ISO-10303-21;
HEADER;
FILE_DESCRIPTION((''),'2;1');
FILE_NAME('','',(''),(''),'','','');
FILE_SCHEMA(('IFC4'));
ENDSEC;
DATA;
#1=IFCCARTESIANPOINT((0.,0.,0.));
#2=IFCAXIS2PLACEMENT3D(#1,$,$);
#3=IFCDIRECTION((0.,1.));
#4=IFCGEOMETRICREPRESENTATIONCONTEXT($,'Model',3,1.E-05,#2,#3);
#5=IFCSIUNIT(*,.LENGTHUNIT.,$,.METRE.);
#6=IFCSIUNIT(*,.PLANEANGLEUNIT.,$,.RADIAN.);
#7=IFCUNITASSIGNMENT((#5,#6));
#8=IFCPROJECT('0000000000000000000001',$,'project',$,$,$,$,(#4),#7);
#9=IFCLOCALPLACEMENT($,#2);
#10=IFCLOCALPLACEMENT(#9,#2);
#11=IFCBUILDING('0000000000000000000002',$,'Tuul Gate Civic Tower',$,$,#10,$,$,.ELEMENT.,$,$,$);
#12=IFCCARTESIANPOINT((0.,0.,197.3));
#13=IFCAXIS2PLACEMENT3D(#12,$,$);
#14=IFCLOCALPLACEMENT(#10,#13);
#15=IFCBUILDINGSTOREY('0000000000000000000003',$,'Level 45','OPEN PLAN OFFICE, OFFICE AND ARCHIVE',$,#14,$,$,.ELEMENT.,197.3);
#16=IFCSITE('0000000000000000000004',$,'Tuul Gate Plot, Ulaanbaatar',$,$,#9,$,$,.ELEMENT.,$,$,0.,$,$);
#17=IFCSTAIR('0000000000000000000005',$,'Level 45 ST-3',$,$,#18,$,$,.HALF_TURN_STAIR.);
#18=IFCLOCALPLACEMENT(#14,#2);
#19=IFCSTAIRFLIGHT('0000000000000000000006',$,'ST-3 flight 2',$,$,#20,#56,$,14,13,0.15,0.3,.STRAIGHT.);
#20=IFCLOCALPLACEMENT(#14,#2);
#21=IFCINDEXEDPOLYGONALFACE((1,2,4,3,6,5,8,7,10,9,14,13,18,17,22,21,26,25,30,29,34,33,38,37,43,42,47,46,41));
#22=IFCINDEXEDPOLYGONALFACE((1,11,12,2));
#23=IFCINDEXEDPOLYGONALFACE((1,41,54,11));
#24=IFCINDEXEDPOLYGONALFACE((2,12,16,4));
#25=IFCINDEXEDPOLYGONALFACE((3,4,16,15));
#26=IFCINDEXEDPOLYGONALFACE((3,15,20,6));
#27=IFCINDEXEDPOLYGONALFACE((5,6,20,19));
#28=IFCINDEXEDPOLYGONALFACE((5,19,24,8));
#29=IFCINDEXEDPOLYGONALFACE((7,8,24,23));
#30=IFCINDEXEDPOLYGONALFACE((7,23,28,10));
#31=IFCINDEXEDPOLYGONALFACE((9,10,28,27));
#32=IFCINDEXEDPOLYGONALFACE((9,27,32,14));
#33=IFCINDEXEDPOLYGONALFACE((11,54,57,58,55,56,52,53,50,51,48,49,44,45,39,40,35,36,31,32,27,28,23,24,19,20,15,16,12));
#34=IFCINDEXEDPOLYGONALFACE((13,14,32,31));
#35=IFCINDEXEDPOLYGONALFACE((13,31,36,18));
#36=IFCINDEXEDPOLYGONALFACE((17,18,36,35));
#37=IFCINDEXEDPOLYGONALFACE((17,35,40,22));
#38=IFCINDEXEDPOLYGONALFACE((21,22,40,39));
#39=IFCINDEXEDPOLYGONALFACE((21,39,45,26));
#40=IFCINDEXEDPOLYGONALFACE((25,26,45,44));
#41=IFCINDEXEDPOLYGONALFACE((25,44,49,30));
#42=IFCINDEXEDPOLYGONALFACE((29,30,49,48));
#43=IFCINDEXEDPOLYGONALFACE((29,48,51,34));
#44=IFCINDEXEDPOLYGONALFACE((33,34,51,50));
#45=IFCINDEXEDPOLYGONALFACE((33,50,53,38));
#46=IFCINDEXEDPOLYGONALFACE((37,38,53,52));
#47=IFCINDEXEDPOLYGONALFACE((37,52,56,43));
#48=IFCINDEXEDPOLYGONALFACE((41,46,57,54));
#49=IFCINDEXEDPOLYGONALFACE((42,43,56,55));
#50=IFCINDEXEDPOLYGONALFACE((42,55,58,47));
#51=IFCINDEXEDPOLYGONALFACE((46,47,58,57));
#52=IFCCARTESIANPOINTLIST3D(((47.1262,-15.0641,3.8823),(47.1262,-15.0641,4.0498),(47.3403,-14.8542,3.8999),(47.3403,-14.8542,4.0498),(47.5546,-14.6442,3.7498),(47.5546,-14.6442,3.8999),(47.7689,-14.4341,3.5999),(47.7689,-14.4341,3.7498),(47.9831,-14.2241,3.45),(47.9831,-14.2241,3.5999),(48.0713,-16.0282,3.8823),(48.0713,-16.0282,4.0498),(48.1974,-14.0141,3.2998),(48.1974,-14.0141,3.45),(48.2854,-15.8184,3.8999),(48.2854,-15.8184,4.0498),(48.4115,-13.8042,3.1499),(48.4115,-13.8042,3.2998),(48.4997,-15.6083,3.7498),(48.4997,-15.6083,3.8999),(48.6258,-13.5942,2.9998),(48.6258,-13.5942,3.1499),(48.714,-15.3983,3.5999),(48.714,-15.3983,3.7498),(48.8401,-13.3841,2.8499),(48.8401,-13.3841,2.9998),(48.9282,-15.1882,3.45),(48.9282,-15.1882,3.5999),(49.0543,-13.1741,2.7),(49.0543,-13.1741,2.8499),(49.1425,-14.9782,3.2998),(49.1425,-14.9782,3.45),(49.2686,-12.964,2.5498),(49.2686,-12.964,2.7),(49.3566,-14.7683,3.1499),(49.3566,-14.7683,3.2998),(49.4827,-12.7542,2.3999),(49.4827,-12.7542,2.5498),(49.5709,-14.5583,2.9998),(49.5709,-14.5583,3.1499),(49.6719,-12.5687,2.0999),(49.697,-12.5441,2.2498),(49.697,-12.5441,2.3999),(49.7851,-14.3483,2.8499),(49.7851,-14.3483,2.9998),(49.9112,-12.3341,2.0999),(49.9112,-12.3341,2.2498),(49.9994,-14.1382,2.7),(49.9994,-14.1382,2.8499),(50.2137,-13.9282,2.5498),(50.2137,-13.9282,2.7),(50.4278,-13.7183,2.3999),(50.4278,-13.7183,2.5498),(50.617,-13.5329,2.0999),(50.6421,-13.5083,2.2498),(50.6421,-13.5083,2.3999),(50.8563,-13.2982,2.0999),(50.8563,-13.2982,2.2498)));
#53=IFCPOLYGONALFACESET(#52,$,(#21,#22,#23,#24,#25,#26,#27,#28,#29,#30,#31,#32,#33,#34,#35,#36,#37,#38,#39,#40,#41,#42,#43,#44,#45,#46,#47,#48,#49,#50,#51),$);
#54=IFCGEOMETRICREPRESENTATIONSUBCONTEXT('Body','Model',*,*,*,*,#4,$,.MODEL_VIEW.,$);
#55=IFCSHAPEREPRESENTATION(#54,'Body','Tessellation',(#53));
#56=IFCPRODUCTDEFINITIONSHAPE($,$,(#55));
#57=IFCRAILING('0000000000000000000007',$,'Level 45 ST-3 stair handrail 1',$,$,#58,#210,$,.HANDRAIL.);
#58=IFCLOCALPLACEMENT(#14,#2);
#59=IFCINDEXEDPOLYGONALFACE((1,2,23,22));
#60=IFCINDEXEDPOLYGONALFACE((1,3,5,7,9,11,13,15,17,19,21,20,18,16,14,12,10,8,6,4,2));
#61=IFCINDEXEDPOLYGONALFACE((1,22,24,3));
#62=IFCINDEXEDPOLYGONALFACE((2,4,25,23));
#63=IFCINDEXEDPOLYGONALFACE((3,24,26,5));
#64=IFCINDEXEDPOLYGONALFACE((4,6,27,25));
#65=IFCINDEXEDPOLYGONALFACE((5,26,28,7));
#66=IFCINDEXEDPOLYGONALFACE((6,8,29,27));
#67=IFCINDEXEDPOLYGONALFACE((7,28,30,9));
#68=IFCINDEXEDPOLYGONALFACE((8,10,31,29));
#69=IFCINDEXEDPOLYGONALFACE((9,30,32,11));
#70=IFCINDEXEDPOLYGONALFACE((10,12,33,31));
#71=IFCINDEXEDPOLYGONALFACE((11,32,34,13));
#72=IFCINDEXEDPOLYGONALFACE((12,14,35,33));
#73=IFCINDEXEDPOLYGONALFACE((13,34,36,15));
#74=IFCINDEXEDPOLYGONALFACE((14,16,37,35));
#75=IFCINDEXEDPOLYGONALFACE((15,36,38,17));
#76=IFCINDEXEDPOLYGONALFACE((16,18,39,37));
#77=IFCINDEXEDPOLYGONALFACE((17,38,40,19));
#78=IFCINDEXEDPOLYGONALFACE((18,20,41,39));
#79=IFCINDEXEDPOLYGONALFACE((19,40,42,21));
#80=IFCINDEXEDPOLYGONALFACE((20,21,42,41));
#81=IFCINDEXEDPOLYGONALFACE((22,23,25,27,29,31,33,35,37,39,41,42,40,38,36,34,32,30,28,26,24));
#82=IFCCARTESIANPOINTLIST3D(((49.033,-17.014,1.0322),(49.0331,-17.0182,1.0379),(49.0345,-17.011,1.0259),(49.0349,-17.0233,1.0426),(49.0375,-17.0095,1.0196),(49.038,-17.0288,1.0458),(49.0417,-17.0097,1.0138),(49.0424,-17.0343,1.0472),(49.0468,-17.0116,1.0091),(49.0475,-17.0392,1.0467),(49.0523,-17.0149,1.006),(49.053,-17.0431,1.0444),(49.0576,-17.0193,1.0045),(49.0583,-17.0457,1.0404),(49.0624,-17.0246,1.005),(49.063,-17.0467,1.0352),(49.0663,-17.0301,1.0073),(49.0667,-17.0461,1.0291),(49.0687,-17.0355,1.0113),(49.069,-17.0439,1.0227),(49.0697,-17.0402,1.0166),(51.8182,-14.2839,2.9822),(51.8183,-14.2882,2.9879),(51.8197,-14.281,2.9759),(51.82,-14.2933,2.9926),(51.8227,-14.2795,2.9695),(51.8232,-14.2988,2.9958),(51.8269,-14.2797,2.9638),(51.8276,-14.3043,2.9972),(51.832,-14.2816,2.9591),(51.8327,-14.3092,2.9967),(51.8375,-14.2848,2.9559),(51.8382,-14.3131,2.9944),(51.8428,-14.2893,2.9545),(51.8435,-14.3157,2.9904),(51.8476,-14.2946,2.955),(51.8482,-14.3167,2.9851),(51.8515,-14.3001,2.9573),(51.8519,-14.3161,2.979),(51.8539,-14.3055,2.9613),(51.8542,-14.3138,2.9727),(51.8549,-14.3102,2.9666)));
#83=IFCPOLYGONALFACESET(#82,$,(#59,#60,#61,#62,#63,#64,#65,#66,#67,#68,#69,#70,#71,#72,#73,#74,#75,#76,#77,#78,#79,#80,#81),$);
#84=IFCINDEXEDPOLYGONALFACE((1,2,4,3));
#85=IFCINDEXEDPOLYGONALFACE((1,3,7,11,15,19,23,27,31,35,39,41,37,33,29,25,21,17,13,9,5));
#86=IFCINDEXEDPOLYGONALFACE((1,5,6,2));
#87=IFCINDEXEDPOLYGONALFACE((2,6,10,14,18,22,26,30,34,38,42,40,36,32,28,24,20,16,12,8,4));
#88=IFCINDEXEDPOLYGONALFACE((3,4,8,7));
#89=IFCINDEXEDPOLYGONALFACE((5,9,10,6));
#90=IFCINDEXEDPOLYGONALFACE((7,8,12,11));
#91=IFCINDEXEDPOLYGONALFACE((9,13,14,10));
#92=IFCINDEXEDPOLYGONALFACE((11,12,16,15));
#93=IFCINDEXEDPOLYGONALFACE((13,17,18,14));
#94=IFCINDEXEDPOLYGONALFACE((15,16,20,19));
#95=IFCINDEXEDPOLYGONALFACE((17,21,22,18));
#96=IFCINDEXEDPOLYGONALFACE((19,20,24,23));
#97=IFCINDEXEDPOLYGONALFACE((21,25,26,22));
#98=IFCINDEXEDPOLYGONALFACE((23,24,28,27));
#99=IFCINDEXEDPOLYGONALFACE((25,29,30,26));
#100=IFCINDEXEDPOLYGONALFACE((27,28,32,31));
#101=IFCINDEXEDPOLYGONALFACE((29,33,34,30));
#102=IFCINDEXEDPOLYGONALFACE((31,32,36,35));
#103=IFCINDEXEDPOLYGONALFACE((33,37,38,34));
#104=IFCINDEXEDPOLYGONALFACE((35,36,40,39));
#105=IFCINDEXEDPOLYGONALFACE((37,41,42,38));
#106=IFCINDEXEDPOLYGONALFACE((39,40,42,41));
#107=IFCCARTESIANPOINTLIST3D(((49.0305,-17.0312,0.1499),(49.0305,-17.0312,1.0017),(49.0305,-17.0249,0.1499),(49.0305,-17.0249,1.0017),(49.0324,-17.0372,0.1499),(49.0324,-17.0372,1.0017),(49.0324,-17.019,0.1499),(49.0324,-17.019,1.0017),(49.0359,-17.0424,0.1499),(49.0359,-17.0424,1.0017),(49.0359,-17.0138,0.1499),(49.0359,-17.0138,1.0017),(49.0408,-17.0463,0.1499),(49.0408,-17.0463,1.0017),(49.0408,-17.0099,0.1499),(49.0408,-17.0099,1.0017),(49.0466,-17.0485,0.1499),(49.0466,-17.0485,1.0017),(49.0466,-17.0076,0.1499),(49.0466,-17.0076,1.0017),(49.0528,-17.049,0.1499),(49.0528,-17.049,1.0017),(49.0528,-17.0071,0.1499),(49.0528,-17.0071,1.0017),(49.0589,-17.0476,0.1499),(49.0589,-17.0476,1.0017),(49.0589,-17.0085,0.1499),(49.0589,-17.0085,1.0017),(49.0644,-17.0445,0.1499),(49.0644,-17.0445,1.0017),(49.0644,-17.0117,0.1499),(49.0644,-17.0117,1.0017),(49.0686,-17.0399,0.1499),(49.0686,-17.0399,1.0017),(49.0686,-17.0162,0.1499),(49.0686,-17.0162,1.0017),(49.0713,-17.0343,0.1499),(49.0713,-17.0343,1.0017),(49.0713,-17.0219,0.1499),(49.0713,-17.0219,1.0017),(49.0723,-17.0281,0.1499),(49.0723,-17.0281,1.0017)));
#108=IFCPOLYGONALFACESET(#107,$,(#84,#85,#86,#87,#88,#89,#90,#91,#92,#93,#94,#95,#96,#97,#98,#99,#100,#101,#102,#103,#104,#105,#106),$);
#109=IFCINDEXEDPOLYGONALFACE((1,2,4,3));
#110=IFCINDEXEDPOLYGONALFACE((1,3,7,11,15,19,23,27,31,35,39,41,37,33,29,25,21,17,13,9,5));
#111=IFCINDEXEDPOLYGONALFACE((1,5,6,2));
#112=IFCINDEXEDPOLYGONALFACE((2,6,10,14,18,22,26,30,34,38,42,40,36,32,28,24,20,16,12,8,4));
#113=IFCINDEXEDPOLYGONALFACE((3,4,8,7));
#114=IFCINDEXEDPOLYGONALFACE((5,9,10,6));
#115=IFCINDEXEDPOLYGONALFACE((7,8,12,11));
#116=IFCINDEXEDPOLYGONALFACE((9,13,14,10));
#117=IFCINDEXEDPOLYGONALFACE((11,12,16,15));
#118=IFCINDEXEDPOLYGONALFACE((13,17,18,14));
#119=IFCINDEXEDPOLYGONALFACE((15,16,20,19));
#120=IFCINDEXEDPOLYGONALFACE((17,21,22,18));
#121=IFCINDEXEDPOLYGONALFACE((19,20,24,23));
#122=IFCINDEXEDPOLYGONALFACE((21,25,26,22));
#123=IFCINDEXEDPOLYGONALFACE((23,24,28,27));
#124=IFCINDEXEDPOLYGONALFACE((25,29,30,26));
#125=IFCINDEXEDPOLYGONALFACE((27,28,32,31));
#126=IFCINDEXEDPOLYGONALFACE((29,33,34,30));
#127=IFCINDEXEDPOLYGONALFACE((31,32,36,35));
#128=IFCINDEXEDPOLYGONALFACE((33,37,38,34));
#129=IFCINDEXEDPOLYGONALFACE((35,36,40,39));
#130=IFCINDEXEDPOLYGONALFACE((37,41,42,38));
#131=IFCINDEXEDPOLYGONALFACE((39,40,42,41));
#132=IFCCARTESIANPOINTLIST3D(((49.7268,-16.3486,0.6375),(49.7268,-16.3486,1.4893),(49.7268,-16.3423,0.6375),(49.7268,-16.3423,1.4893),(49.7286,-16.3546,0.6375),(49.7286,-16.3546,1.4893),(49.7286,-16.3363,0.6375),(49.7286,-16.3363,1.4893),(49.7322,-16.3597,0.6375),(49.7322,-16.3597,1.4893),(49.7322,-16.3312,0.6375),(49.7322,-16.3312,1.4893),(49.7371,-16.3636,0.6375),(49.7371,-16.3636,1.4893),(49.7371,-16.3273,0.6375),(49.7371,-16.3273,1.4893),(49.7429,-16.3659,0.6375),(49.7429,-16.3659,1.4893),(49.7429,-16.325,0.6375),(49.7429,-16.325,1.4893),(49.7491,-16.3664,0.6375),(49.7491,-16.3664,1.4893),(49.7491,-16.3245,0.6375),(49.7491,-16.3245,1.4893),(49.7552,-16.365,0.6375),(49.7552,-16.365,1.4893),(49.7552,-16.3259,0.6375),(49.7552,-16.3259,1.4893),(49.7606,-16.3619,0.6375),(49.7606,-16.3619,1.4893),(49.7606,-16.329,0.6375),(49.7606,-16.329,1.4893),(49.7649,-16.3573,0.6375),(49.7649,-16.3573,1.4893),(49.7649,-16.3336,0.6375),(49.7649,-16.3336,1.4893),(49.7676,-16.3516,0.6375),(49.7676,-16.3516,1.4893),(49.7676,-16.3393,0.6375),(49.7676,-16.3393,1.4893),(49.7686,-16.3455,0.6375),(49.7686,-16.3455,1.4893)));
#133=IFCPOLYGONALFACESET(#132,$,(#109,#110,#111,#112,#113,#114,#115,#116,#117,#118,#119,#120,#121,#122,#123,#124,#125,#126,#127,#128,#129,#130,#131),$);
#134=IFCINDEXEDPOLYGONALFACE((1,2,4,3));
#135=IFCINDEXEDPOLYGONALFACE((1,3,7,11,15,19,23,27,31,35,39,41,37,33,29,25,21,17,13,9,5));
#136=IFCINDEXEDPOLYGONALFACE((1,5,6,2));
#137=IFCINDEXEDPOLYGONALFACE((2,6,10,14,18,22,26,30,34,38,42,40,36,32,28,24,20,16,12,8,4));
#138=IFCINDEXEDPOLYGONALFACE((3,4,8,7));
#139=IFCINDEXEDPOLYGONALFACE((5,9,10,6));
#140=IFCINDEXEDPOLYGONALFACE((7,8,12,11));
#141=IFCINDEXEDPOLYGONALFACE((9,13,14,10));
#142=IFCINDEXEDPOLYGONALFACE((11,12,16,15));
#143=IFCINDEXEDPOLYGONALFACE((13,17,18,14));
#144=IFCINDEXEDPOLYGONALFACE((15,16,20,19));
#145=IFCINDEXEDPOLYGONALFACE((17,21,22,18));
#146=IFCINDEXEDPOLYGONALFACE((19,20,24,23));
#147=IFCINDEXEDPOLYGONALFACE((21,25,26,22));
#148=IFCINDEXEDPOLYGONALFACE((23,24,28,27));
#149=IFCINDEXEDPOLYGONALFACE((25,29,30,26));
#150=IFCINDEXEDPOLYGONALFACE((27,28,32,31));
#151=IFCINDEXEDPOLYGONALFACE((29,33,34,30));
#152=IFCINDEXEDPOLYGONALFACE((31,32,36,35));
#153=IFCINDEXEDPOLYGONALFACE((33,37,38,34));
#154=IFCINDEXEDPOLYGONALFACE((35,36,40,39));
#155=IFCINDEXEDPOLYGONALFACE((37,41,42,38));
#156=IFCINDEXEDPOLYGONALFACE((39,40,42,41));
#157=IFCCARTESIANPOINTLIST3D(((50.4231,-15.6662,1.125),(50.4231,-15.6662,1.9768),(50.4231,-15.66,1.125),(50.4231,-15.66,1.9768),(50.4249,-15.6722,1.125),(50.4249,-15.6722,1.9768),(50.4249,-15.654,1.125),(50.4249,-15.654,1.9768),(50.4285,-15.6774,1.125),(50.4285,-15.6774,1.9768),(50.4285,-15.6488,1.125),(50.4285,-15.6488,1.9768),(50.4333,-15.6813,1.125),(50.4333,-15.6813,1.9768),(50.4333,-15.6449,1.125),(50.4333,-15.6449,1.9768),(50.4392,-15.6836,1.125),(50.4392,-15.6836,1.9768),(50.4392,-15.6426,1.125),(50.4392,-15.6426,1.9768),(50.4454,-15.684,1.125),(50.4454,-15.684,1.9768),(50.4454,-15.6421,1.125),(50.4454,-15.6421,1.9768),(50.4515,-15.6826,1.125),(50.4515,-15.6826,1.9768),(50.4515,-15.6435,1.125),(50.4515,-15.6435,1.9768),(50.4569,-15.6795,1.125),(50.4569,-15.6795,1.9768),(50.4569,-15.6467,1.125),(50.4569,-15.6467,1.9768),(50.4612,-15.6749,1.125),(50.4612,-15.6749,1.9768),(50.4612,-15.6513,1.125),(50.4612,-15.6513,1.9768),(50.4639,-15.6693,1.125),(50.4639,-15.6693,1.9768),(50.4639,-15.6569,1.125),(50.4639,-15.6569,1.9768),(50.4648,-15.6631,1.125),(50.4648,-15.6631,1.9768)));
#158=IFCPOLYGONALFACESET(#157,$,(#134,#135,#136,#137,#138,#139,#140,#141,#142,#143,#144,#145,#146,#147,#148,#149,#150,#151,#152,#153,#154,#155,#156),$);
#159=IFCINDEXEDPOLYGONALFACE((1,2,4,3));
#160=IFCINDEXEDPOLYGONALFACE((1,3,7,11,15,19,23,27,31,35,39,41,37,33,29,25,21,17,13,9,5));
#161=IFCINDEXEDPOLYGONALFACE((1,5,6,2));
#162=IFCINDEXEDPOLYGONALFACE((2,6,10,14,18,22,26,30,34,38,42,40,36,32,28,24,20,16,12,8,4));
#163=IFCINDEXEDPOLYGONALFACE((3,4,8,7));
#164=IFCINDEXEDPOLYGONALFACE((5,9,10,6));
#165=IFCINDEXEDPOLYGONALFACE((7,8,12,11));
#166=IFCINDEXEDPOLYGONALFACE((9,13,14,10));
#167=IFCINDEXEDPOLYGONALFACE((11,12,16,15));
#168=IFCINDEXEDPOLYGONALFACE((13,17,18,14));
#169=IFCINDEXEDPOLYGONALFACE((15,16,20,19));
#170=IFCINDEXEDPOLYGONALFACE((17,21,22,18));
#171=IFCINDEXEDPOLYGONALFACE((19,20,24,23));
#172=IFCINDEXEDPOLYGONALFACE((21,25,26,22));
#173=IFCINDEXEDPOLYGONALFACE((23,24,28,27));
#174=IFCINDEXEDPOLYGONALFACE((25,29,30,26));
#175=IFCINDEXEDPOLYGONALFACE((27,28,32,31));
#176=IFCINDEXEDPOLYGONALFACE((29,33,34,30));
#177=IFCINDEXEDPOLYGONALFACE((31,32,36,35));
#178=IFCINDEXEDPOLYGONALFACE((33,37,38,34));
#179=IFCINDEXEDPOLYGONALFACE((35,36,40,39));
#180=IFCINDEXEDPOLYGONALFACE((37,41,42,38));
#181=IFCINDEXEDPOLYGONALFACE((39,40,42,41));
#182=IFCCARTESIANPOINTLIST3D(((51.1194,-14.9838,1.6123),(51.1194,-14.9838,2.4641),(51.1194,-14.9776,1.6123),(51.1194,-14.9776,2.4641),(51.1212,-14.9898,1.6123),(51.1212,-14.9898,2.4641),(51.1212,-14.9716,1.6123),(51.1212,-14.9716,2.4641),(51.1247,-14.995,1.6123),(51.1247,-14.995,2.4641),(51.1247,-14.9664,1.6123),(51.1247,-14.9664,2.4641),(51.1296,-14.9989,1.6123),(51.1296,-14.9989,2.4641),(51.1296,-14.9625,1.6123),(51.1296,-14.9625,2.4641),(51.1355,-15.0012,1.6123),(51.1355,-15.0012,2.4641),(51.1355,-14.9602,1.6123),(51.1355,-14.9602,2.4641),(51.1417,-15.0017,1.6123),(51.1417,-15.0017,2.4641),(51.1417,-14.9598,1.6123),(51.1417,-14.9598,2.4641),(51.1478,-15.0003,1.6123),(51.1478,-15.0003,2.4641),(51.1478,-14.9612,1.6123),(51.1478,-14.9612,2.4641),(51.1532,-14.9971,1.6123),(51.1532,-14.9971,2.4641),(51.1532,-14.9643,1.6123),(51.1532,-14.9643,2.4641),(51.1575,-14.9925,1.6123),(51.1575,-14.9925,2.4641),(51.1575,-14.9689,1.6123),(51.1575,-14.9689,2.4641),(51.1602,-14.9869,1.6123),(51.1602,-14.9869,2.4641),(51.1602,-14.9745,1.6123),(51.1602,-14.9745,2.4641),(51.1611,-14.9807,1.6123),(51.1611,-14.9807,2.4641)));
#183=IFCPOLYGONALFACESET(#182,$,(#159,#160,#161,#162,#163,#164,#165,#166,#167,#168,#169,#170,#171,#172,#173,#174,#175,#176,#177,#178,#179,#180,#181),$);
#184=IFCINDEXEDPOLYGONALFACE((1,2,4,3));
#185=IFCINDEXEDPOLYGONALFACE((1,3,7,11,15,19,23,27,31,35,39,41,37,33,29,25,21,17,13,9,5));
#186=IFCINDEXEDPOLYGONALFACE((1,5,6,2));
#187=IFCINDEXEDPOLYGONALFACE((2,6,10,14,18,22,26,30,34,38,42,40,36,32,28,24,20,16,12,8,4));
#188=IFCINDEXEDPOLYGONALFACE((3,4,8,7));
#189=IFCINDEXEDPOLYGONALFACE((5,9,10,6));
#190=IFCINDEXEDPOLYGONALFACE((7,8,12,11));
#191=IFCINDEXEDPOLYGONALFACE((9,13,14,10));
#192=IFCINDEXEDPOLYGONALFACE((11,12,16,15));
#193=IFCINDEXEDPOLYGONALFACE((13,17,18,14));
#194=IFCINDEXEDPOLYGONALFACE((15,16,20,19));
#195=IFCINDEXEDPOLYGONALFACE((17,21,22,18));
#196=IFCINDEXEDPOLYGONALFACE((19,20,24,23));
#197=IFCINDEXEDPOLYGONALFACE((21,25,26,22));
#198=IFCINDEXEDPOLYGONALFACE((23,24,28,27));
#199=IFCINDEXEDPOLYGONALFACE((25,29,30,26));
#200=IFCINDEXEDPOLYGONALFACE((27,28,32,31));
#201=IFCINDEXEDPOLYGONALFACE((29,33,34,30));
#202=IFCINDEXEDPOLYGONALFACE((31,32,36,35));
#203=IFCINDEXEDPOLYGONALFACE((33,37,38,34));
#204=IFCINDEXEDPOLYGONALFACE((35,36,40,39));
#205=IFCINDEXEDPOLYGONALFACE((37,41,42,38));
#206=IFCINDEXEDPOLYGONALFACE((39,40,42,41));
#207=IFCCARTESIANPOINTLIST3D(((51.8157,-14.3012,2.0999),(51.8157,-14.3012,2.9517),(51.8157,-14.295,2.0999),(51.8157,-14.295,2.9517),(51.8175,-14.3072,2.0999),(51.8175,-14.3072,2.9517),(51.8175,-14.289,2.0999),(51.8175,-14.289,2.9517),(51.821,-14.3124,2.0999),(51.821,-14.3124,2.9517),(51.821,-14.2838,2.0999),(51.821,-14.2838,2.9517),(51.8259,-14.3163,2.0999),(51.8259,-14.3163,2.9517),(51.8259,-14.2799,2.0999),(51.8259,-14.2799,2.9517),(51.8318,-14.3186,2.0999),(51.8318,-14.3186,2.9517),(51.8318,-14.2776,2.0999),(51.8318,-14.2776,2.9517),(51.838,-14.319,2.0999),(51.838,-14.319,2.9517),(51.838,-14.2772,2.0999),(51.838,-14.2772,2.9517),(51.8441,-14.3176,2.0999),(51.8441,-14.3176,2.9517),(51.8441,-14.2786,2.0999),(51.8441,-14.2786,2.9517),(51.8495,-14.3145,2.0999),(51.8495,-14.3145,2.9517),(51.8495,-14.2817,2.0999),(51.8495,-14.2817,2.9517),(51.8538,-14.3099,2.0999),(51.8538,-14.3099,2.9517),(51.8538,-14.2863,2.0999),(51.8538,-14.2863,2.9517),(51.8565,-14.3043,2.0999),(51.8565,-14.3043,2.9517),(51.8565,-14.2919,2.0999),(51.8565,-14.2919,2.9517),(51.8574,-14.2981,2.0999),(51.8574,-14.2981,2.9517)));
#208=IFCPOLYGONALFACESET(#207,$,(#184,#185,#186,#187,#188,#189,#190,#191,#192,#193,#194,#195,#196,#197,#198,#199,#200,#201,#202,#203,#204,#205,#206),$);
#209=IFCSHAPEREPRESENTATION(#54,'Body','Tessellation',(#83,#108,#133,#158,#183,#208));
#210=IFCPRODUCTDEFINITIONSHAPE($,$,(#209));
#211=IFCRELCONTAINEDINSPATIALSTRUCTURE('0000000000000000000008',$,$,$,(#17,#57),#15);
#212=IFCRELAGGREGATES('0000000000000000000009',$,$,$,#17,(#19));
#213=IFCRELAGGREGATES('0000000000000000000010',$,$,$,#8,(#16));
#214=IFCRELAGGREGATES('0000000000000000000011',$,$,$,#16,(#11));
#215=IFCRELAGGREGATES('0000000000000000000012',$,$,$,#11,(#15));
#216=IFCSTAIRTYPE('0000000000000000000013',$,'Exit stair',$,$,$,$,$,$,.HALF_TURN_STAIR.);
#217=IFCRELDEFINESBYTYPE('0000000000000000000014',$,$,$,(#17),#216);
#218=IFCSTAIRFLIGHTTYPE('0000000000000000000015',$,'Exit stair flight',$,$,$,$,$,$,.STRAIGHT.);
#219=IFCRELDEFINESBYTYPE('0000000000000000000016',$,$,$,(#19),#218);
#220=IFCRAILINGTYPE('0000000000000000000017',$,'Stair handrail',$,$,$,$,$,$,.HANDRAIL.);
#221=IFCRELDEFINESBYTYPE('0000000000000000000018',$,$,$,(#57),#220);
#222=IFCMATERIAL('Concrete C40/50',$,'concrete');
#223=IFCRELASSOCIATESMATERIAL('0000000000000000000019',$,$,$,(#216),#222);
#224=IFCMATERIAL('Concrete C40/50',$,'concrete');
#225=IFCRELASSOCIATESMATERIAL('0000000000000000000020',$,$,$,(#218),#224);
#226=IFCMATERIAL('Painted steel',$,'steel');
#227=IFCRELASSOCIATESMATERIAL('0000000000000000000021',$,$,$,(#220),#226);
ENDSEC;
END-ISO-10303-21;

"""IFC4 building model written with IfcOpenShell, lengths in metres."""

from ifc_helpers import new_model, si_unit, direction, frame, origin, origin_2d, place, context, subcontext, project, spatial, polyline, circle, outline, extrude, material, type_object, element, aggregate, save


model = new_model("IFC4")

# Units and contexts
model_context = context("Model", 3, precision=1e-05, world=origin(), true_north=direction((0.0, 1.0)))
body_context = subcontext(model_context, "Body", "Model", "MODEL_VIEW")
ifc_project = project(units=[si_unit("LENGTHUNIT", "METRE"), si_unit("PLANEANGLEUNIT", "RADIAN")], contexts=[model_context])

# Site, building, storey
site_placement = place(None, origin())
site = spatial("IfcSite", under=ifc_project, at=site_placement, Name="Tuul Gate Plot, Ulaanbaatar", CompositionType="ELEMENT", RefElevation=0.0)
building_placement = place(site_placement, origin())
building = spatial("IfcBuilding", under=site, at=building_placement, Name="Tuul Gate Civic Tower", CompositionType="ELEMENT")
storey_placement = place(building_placement, frame((0.0, 0.0, 197.3)))
storey = spatial("IfcBuildingStorey", under=building, at=storey_placement, Name="Level 45", Description="OPEN PLAN OFFICE, OFFICE AND ARCHIVE", CompositionType="ELEMENT", Elevation=197.3)

# Stair, stair flight
ifc_material_1 = material(Name="Concrete C40/50", Category="concrete")
stair_type = type_object("IfcStairType", Name="Exit stair", PredefinedType="HALF_TURN_STAIR", material=ifc_material_1)
stair_placement = place(storey_placement, origin())
stair = element("IfcStair", 1, at=stair_placement, inside=storey, type_object=stair_type, Name="Level 45 ST-3", PredefinedType="HALF_TURN_STAIR")
ifc_material_2 = material(Name="Concrete C40/50", Category="concrete")
stair_flight_type = type_object("IfcStairFlightType", Name="Exit stair flight", PredefinedType="STRAIGHT", material=ifc_material_2)
stair_flight_1_placement = place(storey_placement, frame((50.3838, -12.8162, 2.0999), z_axis=(0.0, 0.0, 1.0), x_axis=(-0.714127, -0.700016, 0.0)))
stair_flight_1 = element("IfcStairFlight", 2, at=stair_flight_1_placement, type_object=stair_flight_type, Name="ST-3 flight 2", NumberOfRisers=14, NumberOfTreads=13, PredefinedType="STRAIGHT", RiserHeight=0.15, TreadLength=0.3, context=body_context, shape_type="SweptSolid", body=[
    extrude(outline(polyline([(0.0, 0.0), (0.0, 0.1499), (0.3, 0.1499), (0.3, 0.3), (0.6001, 0.3), (0.6001, 0.45), (0.8999, 0.45), (0.8999, 0.6001), (1.2, 0.6001), (1.2, 0.75), (1.5, 0.75), (1.5, 0.8999), (1.8, 0.8999), (1.8, 1.05), (2.1001, 1.05), (2.1001, 1.2), (2.3999, 1.2), (2.3999, 1.3501), (2.7, 1.3501), (2.7, 1.5), (3.0, 1.5), (3.0, 1.6499), (3.3, 1.6499), (3.3, 1.8), (3.6001, 1.8), (3.6001, 1.95), (3.8999, 1.95), (3.8999, 2.1001), (3.8999, 1.7825), (0.3352, 0.0), (0.0, 0.0)])), frame((0.0, 0.675, 0.0), z_axis=(0.0, -1.0, 0.0), x_axis=(1.0, 0.0, 0.0)), (0.0, 0.0, 1.0), 1.3501),
])
aggregate(stair, [stair_flight_1])

# Railing
ifc_material_3 = material(Name="Painted steel", Category="steel")
railing_type = type_object("IfcRailingType", Name="Stair handrail", PredefinedType="HANDRAIL", material=ifc_material_3)
railing_1_placement = place(storey_placement, frame((49.0513, -17.0281, 0.1499)))
element("IfcRailing", 3, at=railing_1_placement, inside=storey, type_object=railing_type, Name="Level 45 ST-3 stair handrail 1", PredefinedType="HANDRAIL", context=body_context, shape_type="SweptSolid", body=[
    extrude(circle(Radius=0.0239, at=origin_2d()), frame((0.0, 0.0, 0.876), z_axis=(0.638754, 0.6261, 0.447206), x_axis=(-0.699998, 0.714145, 0.0)), (0.0, 0.0, 1.0), 4.3604),
    extrude(circle(Radius=0.021, at=origin_2d()), origin(), (0.0, 0.0, 1.0), 0.8518),
    extrude(circle(Radius=0.021, at=origin_2d()), frame((0.6963, 0.6826, 0.4875)), (0.0, 0.0, 1.0), 0.8518),
    extrude(circle(Radius=0.021, at=origin_2d()), frame((1.3926, 1.365, 0.9751)), (0.0, 0.0, 1.0), 0.8518),
    extrude(circle(Radius=0.021, at=origin_2d()), frame((2.0889, 2.0474, 1.4624)), (0.0, 0.0, 1.0), 0.8518),
    extrude(circle(Radius=0.021, at=origin_2d()), frame((2.7852, 2.73, 1.95)), (0.0, 0.0, 1.0), 0.8518),
])

save(model, "model.ifc")
